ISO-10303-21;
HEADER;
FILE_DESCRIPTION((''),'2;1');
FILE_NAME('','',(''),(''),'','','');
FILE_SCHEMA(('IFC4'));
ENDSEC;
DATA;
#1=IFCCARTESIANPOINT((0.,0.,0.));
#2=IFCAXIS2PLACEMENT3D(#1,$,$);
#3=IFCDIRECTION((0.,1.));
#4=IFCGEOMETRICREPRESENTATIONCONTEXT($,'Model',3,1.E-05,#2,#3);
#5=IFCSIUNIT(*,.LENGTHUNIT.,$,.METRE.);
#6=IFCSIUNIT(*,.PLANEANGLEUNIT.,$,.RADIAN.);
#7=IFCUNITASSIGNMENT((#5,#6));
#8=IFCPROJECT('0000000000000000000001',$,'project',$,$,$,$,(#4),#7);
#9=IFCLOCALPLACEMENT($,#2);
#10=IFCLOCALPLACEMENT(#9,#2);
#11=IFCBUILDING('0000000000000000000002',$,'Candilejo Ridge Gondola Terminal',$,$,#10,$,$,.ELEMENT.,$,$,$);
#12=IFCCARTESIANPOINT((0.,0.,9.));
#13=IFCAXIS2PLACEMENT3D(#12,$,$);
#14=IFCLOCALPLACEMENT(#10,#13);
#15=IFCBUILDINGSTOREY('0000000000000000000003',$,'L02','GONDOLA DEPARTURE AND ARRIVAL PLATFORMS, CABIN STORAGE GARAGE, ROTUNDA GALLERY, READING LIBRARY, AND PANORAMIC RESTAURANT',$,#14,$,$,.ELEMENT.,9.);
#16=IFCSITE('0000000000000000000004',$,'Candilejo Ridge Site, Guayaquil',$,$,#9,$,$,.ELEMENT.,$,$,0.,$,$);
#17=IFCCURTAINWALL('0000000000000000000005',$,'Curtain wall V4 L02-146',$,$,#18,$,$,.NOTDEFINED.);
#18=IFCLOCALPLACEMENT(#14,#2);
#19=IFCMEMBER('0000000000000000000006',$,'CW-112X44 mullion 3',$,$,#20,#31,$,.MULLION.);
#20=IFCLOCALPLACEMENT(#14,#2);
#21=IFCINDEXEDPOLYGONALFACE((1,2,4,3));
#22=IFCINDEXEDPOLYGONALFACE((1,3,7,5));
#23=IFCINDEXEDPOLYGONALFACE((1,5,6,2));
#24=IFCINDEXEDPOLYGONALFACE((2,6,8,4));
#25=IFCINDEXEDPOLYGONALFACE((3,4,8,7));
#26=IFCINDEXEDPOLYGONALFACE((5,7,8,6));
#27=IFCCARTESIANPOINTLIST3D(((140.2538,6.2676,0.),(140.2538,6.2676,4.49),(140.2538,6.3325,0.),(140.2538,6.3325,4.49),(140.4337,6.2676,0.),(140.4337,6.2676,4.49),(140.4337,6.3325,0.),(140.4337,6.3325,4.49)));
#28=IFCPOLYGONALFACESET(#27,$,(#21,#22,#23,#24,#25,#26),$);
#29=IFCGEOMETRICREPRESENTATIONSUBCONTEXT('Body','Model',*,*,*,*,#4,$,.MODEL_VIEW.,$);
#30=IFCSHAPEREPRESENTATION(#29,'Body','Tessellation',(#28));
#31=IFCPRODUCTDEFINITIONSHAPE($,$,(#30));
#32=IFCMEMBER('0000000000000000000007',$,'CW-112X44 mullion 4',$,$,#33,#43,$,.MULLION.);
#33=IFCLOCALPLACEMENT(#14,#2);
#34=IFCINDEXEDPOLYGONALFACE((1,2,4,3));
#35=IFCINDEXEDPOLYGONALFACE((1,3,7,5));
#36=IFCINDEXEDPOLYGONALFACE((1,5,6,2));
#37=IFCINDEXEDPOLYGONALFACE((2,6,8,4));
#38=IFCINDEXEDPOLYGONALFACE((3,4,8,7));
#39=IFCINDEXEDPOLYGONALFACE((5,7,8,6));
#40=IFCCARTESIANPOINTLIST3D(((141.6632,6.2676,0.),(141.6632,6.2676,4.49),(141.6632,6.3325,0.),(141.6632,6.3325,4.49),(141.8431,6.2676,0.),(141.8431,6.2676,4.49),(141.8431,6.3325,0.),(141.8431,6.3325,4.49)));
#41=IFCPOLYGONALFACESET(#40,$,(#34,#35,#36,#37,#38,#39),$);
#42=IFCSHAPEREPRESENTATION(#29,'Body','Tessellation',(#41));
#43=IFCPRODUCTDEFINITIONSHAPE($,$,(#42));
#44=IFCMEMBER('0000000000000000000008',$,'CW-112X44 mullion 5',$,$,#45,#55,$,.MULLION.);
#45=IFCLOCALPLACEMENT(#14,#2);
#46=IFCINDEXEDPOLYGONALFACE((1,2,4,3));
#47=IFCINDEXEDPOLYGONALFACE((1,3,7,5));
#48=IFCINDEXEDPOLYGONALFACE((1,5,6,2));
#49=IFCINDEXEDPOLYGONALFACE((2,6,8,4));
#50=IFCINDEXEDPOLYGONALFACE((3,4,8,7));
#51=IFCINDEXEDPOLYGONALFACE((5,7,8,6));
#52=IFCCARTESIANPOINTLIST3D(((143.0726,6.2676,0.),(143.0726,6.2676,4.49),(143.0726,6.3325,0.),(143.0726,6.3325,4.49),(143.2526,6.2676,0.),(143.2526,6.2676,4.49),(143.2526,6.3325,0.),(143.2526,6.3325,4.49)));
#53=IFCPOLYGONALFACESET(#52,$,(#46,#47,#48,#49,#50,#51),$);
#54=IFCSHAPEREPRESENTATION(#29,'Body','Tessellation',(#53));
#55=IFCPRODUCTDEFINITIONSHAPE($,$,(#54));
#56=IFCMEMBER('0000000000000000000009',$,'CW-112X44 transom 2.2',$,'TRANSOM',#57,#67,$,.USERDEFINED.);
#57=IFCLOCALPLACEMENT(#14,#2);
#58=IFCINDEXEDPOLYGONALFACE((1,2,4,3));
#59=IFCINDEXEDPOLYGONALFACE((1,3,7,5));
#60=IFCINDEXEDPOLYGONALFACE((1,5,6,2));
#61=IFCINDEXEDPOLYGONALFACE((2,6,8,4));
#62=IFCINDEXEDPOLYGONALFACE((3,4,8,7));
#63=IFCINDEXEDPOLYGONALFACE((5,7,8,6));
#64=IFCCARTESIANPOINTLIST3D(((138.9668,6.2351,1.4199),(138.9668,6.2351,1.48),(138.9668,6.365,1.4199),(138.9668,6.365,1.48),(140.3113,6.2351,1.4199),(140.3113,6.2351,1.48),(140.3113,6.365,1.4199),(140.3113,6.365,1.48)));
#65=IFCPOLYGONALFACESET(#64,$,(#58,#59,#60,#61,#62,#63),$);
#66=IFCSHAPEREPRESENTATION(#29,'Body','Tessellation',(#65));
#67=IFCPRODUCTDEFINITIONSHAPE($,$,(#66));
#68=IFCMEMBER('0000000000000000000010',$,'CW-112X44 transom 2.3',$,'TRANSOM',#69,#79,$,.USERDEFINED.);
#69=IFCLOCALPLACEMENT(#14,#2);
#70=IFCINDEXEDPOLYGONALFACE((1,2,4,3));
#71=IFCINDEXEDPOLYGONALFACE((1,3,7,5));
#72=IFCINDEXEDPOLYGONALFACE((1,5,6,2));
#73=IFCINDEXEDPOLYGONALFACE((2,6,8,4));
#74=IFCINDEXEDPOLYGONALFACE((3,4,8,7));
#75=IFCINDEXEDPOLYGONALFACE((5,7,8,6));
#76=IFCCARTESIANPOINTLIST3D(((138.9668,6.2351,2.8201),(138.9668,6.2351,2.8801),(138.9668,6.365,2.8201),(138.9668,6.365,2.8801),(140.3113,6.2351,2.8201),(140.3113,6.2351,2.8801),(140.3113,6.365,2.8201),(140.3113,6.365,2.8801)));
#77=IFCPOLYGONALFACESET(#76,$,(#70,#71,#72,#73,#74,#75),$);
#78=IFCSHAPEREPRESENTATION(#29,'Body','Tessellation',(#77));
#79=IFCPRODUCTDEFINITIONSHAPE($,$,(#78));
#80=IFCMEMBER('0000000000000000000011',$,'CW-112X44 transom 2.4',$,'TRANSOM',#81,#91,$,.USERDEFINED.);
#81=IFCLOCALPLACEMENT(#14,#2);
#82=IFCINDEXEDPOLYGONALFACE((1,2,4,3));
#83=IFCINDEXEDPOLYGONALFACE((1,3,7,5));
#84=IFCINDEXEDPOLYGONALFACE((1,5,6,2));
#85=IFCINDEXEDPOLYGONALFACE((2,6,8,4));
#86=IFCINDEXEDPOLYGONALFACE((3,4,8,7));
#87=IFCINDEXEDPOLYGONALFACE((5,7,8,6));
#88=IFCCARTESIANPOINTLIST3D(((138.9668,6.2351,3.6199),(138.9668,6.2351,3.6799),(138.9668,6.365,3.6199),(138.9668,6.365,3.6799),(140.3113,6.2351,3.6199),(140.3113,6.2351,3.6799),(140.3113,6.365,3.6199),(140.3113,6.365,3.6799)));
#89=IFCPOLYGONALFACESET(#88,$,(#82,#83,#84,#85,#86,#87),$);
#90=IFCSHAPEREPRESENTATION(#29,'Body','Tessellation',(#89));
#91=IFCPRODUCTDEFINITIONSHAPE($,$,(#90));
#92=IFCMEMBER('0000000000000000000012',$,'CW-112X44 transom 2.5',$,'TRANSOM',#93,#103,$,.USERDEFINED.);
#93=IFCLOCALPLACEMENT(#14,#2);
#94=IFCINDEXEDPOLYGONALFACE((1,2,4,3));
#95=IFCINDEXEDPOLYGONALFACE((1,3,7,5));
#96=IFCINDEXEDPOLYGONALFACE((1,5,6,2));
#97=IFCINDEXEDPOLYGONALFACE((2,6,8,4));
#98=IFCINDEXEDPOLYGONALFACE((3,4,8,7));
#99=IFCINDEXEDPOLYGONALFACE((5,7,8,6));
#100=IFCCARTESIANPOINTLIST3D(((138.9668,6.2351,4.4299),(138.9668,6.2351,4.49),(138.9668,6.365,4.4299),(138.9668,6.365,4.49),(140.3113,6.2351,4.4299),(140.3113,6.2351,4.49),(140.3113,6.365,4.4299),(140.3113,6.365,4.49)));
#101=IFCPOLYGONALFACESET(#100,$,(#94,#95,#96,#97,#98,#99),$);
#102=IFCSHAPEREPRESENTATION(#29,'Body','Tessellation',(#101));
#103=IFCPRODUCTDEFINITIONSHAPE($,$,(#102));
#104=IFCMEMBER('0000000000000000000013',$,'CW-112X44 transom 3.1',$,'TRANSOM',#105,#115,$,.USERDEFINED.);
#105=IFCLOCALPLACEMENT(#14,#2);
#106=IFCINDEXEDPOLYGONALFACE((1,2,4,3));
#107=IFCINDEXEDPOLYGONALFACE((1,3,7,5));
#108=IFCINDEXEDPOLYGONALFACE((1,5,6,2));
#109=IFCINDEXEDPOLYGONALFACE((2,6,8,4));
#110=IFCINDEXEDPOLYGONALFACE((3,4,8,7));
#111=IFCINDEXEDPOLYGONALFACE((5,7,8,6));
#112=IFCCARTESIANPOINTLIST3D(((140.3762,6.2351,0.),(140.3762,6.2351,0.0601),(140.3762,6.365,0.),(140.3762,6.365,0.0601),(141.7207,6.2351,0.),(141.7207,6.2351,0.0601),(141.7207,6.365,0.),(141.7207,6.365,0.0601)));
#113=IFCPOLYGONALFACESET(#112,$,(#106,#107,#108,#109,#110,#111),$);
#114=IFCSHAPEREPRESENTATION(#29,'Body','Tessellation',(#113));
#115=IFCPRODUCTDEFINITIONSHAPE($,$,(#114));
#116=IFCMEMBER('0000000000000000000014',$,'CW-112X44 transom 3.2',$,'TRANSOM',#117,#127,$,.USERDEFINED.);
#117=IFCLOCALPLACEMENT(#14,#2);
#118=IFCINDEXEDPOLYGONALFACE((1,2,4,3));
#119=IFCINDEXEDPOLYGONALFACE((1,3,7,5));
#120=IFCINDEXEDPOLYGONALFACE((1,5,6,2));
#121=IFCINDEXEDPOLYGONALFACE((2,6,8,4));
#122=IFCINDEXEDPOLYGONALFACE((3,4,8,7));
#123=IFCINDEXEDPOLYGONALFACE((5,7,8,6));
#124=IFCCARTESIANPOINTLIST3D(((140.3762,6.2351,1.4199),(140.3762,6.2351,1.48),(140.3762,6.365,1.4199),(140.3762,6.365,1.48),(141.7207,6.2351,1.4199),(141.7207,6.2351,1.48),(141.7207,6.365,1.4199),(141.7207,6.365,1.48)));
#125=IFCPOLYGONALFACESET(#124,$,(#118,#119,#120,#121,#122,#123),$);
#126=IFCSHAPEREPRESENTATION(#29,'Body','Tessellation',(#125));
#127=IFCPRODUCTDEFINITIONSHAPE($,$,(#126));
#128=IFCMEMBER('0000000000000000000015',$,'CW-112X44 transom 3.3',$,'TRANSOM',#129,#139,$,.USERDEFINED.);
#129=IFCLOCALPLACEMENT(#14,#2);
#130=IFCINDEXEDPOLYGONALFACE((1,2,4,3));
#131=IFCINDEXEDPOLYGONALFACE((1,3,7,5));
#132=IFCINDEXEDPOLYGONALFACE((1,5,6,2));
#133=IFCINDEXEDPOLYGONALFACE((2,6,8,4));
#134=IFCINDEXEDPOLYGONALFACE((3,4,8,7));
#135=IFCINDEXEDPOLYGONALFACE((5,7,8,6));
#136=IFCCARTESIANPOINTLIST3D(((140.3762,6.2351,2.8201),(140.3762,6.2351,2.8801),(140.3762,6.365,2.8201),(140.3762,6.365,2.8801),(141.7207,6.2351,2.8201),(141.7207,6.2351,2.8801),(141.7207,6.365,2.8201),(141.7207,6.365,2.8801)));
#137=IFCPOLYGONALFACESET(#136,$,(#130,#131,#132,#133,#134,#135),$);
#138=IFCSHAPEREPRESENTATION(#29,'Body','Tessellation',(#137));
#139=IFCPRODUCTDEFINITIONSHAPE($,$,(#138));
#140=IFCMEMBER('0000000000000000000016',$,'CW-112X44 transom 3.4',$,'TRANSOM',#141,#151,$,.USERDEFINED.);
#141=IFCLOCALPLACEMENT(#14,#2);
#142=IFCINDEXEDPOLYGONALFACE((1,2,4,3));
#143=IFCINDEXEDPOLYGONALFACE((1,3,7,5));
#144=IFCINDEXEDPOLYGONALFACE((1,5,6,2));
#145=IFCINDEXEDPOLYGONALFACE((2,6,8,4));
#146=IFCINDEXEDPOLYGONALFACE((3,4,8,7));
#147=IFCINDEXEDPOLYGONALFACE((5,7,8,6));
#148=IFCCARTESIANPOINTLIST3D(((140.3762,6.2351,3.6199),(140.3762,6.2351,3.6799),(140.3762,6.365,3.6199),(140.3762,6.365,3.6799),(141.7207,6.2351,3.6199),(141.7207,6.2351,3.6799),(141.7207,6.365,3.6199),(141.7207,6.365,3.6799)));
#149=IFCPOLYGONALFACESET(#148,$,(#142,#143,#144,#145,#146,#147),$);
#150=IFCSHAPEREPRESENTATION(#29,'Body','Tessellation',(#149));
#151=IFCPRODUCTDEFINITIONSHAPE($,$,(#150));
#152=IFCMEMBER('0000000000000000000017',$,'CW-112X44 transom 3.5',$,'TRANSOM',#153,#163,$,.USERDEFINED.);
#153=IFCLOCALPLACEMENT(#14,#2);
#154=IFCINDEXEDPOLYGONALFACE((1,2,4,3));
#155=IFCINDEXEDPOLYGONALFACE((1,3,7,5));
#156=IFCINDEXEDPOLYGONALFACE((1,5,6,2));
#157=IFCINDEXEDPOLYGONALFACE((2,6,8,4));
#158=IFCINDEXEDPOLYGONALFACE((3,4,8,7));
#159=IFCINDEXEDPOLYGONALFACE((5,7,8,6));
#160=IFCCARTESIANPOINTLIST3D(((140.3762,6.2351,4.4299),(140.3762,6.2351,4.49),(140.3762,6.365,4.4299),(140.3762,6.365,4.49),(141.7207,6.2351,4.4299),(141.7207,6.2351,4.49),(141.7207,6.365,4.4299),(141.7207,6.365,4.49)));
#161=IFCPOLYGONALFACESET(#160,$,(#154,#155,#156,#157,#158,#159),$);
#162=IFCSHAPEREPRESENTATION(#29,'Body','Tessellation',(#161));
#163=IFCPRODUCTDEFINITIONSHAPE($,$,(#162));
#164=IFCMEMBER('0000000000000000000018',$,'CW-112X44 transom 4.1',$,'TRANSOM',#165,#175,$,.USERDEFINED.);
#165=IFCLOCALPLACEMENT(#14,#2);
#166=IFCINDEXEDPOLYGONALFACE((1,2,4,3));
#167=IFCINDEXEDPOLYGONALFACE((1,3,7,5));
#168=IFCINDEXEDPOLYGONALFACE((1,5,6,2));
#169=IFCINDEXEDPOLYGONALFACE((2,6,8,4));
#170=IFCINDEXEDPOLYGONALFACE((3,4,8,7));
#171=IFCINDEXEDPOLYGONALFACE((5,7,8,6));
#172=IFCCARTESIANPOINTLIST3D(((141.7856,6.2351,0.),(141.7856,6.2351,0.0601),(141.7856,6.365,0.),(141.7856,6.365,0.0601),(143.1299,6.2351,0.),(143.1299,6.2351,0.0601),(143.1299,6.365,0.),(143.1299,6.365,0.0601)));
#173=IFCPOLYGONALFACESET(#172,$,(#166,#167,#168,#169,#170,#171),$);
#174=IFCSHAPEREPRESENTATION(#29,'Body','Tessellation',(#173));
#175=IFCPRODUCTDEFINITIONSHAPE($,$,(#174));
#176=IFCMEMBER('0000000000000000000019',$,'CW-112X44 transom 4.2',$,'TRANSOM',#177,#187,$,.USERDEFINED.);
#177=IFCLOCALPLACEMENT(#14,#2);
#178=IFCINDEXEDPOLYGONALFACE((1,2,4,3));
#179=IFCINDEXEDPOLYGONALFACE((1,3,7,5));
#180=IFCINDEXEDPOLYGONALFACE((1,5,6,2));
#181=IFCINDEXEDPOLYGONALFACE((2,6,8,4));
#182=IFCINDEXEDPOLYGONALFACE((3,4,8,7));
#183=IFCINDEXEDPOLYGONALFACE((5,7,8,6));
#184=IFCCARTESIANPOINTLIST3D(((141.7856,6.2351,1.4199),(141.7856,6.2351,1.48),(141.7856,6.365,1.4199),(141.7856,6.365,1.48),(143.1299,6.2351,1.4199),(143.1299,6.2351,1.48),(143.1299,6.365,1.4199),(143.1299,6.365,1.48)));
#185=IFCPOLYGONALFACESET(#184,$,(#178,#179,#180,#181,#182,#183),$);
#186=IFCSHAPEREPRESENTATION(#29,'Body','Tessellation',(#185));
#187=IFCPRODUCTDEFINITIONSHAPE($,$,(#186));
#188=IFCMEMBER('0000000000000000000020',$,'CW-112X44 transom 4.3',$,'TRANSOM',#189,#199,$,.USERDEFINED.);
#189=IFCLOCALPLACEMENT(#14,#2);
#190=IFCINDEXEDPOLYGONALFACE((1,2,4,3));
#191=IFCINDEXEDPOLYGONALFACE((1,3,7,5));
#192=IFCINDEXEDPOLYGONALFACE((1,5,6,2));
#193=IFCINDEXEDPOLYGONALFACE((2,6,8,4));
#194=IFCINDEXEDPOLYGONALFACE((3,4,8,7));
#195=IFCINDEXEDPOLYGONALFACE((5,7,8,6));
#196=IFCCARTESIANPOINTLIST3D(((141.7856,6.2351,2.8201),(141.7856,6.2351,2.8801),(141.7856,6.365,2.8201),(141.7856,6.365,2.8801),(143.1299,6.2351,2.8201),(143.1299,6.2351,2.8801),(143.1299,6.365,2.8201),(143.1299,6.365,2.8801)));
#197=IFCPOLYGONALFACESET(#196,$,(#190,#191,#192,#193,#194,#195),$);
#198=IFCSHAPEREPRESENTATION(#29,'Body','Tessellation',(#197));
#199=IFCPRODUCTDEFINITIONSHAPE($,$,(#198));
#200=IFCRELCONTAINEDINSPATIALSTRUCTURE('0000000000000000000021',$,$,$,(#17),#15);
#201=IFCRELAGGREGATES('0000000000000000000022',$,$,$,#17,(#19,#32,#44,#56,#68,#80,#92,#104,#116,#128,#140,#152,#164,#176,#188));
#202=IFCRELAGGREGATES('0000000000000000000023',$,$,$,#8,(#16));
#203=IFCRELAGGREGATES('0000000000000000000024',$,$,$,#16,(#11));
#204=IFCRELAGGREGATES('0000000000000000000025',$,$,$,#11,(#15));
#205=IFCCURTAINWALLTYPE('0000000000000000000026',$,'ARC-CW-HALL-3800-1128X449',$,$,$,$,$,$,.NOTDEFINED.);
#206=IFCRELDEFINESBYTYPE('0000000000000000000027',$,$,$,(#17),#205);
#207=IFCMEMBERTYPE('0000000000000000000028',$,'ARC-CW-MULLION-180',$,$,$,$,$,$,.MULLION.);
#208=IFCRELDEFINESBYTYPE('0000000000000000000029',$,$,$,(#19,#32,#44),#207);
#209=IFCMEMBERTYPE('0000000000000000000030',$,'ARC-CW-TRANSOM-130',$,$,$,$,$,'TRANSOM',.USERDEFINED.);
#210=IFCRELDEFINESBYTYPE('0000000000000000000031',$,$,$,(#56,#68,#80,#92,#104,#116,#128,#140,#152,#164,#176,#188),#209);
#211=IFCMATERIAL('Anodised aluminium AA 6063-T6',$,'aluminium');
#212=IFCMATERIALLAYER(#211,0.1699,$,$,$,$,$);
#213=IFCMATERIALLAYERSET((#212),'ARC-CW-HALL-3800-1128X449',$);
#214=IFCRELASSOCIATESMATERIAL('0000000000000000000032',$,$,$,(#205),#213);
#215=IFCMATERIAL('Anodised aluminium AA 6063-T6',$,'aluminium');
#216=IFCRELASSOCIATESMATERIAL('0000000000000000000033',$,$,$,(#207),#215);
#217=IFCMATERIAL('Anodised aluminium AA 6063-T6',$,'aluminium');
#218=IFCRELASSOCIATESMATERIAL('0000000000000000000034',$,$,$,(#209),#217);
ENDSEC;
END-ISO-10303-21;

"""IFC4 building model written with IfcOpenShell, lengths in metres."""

from ifc_helpers import new_model, si_unit, direction, frame, origin, origin_2d, place, context, subcontext, project, spatial, rectangle, extrude, material, layer, layer_set, material_profile, profile_set, type_object, element, aggregate, save


model = new_model("IFC4")

# Units and contexts
model_context = context("Model", 3, precision=1e-05, world=origin(), true_north=direction((0.0, 1.0)))
body_context = subcontext(model_context, "Body", "Model", "MODEL_VIEW")
ifc_project = project(units=[si_unit("LENGTHUNIT", "METRE"), si_unit("PLANEANGLEUNIT", "RADIAN")], contexts=[model_context])

# Site, building, storey
site_placement = place(None, origin())
site = spatial("IfcSite", under=ifc_project, at=site_placement, Name="Candilejo Ridge Site, Guayaquil", CompositionType="ELEMENT", RefElevation=0.0)
building_placement = place(site_placement, origin())
building = spatial("IfcBuilding", under=site, at=building_placement, Name="Candilejo Ridge Gondola Terminal", CompositionType="ELEMENT")
storey_placement = place(building_placement, frame((0.0, 0.0, 9.0)))
storey = spatial("IfcBuildingStorey", under=building, at=storey_placement, Name="L02", Description="GONDOLA DEPARTURE AND ARRIVAL PLATFORMS, CABIN STORAGE GARAGE, ROTUNDA GALLERY, READING LIBRARY, AND PANORAMIC RESTAURANT", CompositionType="ELEMENT", Elevation=9.0)

# Curtain wall, members
ifc_material_1 = material(Name="Anodised aluminium AA 6063-T6", Category="aluminium")
ifc_layer_1 = layer(ifc_material_1, 0.1699)
ifc_layer_set_1 = layer_set([ifc_layer_1], Name="ARC-CW-HALL-3800-1128X449")
curtain_wall_type = type_object("IfcCurtainWallType", Name="ARC-CW-HALL-3800-1128X449", PredefinedType="NOTDEFINED", material=ifc_layer_set_1)
curtain_wall_placement = place(storey_placement, origin())
curtain_wall = element("IfcCurtainWall", 1, at=curtain_wall_placement, inside=storey, type_object=curtain_wall_type, Name="Curtain wall V4 L02-146", PredefinedType="NOTDEFINED")
ifc_material_2 = material(Name="Anodised aluminium AA 6063-T6", Category="aluminium")
ifc_material_profile_1 = material_profile(ifc_material_2, rectangle(XDim=0.0649, YDim=0.1799, at=origin_2d()))
ifc_profile_set_1 = profile_set([ifc_material_profile_1], Name="Anodised aluminium AA 6063-T6")
member_type_1 = type_object("IfcMemberType", Name="ARC-CW-MULLION-180", PredefinedType="MULLION", material=ifc_profile_set_1)
member_1_placement = place(storey_placement, frame((140.3438, 6.3, 0.0), z_axis=(0.0, 0.0, 1.0), x_axis=(0.0, 1.0, 0.0)))
member_1 = element("IfcMember", 2, at=member_1_placement, type_object=member_type_1, Name="CW-112X44 mullion 3", PredefinedType="MULLION", context=body_context, shape_type="SweptSolid", body=[
    extrude(rectangle(XDim=0.0649, YDim=0.1799, at=origin_2d()), origin(), (0.0, 0.0, 1.0), 4.49),
])
member_2_placement = place(storey_placement, frame((141.7532, 6.3, 0.0), z_axis=(0.0, 0.0, 1.0), x_axis=(0.0, 1.0, 0.0)))
member_2 = element("IfcMember", 3, at=member_2_placement, type_object=member_type_1, Name="CW-112X44 mullion 4", PredefinedType="MULLION", context=body_context, shape_type="SweptSolid", body=[
    extrude(rectangle(XDim=0.0649, YDim=0.1799, at=origin_2d()), origin(), (0.0, 0.0, 1.0), 4.49),
])
member_3_placement = place(storey_placement, frame((143.1626, 6.3, 0.0), z_axis=(0.0, 0.0, 1.0), x_axis=(0.0, 1.0, 0.0)))
member_3 = element("IfcMember", 4, at=member_3_placement, type_object=member_type_1, Name="CW-112X44 mullion 5", PredefinedType="MULLION", context=body_context, shape_type="SweptSolid", body=[
    extrude(rectangle(XDim=0.0649, YDim=0.1799, at=origin_2d()), origin(), (0.0, 0.0, 1.0), 4.49),
])
ifc_material_3 = material(Name="Anodised aluminium AA 6063-T6", Category="aluminium")
ifc_material_profile_2 = material_profile(ifc_material_3, rectangle(XDim=0.1299, YDim=0.0601, at=origin_2d()))
ifc_profile_set_2 = profile_set([ifc_material_profile_2], Name="Anodised aluminium AA 6063-T6")
member_type_2 = type_object("IfcMemberType", Name="ARC-CW-TRANSOM-130", ElementType="TRANSOM", PredefinedType="USERDEFINED", material=ifc_profile_set_2)
member_4_placement = place(storey_placement, frame((138.9668, 6.3, 1.45), z_axis=(1.0, 0.0, 0.0), x_axis=(0.0, 1.0, 0.0)))
member_4 = element("IfcMember", 5, at=member_4_placement, type_object=member_type_2, Name="CW-112X44 transom 2.2", ObjectType="TRANSOM", PredefinedType="USERDEFINED", context=body_context, shape_type="SweptSolid", body=[
    extrude(rectangle(XDim=0.1299, YDim=0.0601, at=origin_2d()), origin(), (0.0, 0.0, 1.0), 1.3445),
])
member_5_placement = place(storey_placement, frame((138.9668, 6.3, 2.8501), z_axis=(1.0, 0.0, 0.0), x_axis=(0.0, 1.0, 0.0)))
member_5 = element("IfcMember", 6, at=member_5_placement, type_object=member_type_2, Name="CW-112X44 transom 2.3", ObjectType="TRANSOM", PredefinedType="USERDEFINED", context=body_context, shape_type="SweptSolid", body=[
    extrude(rectangle(XDim=0.1299, YDim=0.0601, at=origin_2d()), origin(), (0.0, 0.0, 1.0), 1.3445),
])
member_6_placement = place(storey_placement, frame((138.9668, 6.3, 3.6499), z_axis=(1.0, 0.0, 0.0), x_axis=(0.0, 1.0, 0.0)))
member_6 = element("IfcMember", 7, at=member_6_placement, type_object=member_type_2, Name="CW-112X44 transom 2.4", ObjectType="TRANSOM", PredefinedType="USERDEFINED", context=body_context, shape_type="SweptSolid", body=[
    extrude(rectangle(XDim=0.1299, YDim=0.0601, at=origin_2d()), origin(), (0.0, 0.0, 1.0), 1.3445),
])
member_7_placement = place(storey_placement, frame((138.9668, 6.3, 4.46), z_axis=(1.0, 0.0, 0.0), x_axis=(0.0, 1.0, 0.0)))
member_7 = element("IfcMember", 8, at=member_7_placement, type_object=member_type_2, Name="CW-112X44 transom 2.5", ObjectType="TRANSOM", PredefinedType="USERDEFINED", context=body_context, shape_type="SweptSolid", body=[
    extrude(rectangle(XDim=0.1299, YDim=0.0601, at=origin_2d()), origin(), (0.0, 0.0, 1.0), 1.3445),
])
member_8_placement = place(storey_placement, frame((140.3762, 6.3, 0.03), z_axis=(1.0, 0.0, 0.0), x_axis=(0.0, 1.0, 0.0)))
member_8 = element("IfcMember", 9, at=member_8_placement, type_object=member_type_2, Name="CW-112X44 transom 3.1", ObjectType="TRANSOM", PredefinedType="USERDEFINED", context=body_context, shape_type="SweptSolid", body=[
    extrude(rectangle(XDim=0.1299, YDim=0.0601, at=origin_2d()), origin(), (0.0, 0.0, 1.0), 1.3445),
])
member_9_placement = place(storey_placement, frame((140.3762, 6.3, 1.45), z_axis=(1.0, 0.0, 0.0), x_axis=(0.0, 1.0, 0.0)))
member_9 = element("IfcMember", 10, at=member_9_placement, type_object=member_type_2, Name="CW-112X44 transom 3.2", ObjectType="TRANSOM", PredefinedType="USERDEFINED", context=body_context, shape_type="SweptSolid", body=[
    extrude(rectangle(XDim=0.1299, YDim=0.0601, at=origin_2d()), origin(), (0.0, 0.0, 1.0), 1.3445),
])
member_10_placement = place(storey_placement, frame((140.3762, 6.3, 2.8501), z_axis=(1.0, 0.0, 0.0), x_axis=(0.0, 1.0, 0.0)))
member_10 = element("IfcMember", 11, at=member_10_placement, type_object=member_type_2, Name="CW-112X44 transom 3.3", ObjectType="TRANSOM", PredefinedType="USERDEFINED", context=body_context, shape_type="SweptSolid", body=[
    extrude(rectangle(XDim=0.1299, YDim=0.0601, at=origin_2d()), origin(), (0.0, 0.0, 1.0), 1.3445),
])
member_11_placement = place(storey_placement, frame((140.3762, 6.3, 3.6499), z_axis=(1.0, 0.0, 0.0), x_axis=(0.0, 1.0, 0.0)))
member_11 = element("IfcMember", 12, at=member_11_placement, type_object=member_type_2, Name="CW-112X44 transom 3.4", ObjectType="TRANSOM", PredefinedType="USERDEFINED", context=body_context, shape_type="SweptSolid", body=[
    extrude(rectangle(XDim=0.1299, YDim=0.0601, at=origin_2d()), origin(), (0.0, 0.0, 1.0), 1.3445),
])
member_12_placement = place(storey_placement, frame((140.3762, 6.3, 4.46), z_axis=(1.0, 0.0, 0.0), x_axis=(0.0, 1.0, 0.0)))
member_12 = element("IfcMember", 13, at=member_12_placement, type_object=member_type_2, Name="CW-112X44 transom 3.5", ObjectType="TRANSOM", PredefinedType="USERDEFINED", context=body_context, shape_type="SweptSolid", body=[
    extrude(rectangle(XDim=0.1299, YDim=0.0601, at=origin_2d()), origin(), (0.0, 0.0, 1.0), 1.3445),
])
member_13_placement = place(storey_placement, frame((141.7856, 6.3, 0.03), z_axis=(1.0, 0.0, 0.0), x_axis=(0.0, 1.0, 0.0)))
member_13 = element("IfcMember", 14, at=member_13_placement, type_object=member_type_2, Name="CW-112X44 transom 4.1", ObjectType="TRANSOM", PredefinedType="USERDEFINED", context=body_context, shape_type="SweptSolid", body=[
    extrude(rectangle(XDim=0.1299, YDim=0.0601, at=origin_2d()), origin(), (0.0, 0.0, 1.0), 1.3442),
])
member_14_placement = place(storey_placement, frame((141.7856, 6.3, 1.45), z_axis=(1.0, 0.0, 0.0), x_axis=(0.0, 1.0, 0.0)))
member_14 = element("IfcMember", 15, at=member_14_placement, type_object=member_type_2, Name="CW-112X44 transom 4.2", ObjectType="TRANSOM", PredefinedType="USERDEFINED", context=body_context, shape_type="SweptSolid", body=[
    extrude(rectangle(XDim=0.1299, YDim=0.0601, at=origin_2d()), origin(), (0.0, 0.0, 1.0), 1.3442),
])
member_15_placement = place(storey_placement, frame((141.7856, 6.3, 2.8501), z_axis=(1.0, 0.0, 0.0), x_axis=(0.0, 1.0, 0.0)))
member_15 = element("IfcMember", 16, at=member_15_placement, type_object=member_type_2, Name="CW-112X44 transom 4.3", ObjectType="TRANSOM", PredefinedType="USERDEFINED", context=body_context, shape_type="SweptSolid", body=[
    extrude(rectangle(XDim=0.1299, YDim=0.0601, at=origin_2d()), origin(), (0.0, 0.0, 1.0), 1.3442),
])
aggregate(curtain_wall, [member_1, member_2, member_3, member_4, member_5, member_6, member_7, member_8, member_9, member_10, member_11, member_12, member_13, member_14, member_15])

save(model, "model.ifc")
